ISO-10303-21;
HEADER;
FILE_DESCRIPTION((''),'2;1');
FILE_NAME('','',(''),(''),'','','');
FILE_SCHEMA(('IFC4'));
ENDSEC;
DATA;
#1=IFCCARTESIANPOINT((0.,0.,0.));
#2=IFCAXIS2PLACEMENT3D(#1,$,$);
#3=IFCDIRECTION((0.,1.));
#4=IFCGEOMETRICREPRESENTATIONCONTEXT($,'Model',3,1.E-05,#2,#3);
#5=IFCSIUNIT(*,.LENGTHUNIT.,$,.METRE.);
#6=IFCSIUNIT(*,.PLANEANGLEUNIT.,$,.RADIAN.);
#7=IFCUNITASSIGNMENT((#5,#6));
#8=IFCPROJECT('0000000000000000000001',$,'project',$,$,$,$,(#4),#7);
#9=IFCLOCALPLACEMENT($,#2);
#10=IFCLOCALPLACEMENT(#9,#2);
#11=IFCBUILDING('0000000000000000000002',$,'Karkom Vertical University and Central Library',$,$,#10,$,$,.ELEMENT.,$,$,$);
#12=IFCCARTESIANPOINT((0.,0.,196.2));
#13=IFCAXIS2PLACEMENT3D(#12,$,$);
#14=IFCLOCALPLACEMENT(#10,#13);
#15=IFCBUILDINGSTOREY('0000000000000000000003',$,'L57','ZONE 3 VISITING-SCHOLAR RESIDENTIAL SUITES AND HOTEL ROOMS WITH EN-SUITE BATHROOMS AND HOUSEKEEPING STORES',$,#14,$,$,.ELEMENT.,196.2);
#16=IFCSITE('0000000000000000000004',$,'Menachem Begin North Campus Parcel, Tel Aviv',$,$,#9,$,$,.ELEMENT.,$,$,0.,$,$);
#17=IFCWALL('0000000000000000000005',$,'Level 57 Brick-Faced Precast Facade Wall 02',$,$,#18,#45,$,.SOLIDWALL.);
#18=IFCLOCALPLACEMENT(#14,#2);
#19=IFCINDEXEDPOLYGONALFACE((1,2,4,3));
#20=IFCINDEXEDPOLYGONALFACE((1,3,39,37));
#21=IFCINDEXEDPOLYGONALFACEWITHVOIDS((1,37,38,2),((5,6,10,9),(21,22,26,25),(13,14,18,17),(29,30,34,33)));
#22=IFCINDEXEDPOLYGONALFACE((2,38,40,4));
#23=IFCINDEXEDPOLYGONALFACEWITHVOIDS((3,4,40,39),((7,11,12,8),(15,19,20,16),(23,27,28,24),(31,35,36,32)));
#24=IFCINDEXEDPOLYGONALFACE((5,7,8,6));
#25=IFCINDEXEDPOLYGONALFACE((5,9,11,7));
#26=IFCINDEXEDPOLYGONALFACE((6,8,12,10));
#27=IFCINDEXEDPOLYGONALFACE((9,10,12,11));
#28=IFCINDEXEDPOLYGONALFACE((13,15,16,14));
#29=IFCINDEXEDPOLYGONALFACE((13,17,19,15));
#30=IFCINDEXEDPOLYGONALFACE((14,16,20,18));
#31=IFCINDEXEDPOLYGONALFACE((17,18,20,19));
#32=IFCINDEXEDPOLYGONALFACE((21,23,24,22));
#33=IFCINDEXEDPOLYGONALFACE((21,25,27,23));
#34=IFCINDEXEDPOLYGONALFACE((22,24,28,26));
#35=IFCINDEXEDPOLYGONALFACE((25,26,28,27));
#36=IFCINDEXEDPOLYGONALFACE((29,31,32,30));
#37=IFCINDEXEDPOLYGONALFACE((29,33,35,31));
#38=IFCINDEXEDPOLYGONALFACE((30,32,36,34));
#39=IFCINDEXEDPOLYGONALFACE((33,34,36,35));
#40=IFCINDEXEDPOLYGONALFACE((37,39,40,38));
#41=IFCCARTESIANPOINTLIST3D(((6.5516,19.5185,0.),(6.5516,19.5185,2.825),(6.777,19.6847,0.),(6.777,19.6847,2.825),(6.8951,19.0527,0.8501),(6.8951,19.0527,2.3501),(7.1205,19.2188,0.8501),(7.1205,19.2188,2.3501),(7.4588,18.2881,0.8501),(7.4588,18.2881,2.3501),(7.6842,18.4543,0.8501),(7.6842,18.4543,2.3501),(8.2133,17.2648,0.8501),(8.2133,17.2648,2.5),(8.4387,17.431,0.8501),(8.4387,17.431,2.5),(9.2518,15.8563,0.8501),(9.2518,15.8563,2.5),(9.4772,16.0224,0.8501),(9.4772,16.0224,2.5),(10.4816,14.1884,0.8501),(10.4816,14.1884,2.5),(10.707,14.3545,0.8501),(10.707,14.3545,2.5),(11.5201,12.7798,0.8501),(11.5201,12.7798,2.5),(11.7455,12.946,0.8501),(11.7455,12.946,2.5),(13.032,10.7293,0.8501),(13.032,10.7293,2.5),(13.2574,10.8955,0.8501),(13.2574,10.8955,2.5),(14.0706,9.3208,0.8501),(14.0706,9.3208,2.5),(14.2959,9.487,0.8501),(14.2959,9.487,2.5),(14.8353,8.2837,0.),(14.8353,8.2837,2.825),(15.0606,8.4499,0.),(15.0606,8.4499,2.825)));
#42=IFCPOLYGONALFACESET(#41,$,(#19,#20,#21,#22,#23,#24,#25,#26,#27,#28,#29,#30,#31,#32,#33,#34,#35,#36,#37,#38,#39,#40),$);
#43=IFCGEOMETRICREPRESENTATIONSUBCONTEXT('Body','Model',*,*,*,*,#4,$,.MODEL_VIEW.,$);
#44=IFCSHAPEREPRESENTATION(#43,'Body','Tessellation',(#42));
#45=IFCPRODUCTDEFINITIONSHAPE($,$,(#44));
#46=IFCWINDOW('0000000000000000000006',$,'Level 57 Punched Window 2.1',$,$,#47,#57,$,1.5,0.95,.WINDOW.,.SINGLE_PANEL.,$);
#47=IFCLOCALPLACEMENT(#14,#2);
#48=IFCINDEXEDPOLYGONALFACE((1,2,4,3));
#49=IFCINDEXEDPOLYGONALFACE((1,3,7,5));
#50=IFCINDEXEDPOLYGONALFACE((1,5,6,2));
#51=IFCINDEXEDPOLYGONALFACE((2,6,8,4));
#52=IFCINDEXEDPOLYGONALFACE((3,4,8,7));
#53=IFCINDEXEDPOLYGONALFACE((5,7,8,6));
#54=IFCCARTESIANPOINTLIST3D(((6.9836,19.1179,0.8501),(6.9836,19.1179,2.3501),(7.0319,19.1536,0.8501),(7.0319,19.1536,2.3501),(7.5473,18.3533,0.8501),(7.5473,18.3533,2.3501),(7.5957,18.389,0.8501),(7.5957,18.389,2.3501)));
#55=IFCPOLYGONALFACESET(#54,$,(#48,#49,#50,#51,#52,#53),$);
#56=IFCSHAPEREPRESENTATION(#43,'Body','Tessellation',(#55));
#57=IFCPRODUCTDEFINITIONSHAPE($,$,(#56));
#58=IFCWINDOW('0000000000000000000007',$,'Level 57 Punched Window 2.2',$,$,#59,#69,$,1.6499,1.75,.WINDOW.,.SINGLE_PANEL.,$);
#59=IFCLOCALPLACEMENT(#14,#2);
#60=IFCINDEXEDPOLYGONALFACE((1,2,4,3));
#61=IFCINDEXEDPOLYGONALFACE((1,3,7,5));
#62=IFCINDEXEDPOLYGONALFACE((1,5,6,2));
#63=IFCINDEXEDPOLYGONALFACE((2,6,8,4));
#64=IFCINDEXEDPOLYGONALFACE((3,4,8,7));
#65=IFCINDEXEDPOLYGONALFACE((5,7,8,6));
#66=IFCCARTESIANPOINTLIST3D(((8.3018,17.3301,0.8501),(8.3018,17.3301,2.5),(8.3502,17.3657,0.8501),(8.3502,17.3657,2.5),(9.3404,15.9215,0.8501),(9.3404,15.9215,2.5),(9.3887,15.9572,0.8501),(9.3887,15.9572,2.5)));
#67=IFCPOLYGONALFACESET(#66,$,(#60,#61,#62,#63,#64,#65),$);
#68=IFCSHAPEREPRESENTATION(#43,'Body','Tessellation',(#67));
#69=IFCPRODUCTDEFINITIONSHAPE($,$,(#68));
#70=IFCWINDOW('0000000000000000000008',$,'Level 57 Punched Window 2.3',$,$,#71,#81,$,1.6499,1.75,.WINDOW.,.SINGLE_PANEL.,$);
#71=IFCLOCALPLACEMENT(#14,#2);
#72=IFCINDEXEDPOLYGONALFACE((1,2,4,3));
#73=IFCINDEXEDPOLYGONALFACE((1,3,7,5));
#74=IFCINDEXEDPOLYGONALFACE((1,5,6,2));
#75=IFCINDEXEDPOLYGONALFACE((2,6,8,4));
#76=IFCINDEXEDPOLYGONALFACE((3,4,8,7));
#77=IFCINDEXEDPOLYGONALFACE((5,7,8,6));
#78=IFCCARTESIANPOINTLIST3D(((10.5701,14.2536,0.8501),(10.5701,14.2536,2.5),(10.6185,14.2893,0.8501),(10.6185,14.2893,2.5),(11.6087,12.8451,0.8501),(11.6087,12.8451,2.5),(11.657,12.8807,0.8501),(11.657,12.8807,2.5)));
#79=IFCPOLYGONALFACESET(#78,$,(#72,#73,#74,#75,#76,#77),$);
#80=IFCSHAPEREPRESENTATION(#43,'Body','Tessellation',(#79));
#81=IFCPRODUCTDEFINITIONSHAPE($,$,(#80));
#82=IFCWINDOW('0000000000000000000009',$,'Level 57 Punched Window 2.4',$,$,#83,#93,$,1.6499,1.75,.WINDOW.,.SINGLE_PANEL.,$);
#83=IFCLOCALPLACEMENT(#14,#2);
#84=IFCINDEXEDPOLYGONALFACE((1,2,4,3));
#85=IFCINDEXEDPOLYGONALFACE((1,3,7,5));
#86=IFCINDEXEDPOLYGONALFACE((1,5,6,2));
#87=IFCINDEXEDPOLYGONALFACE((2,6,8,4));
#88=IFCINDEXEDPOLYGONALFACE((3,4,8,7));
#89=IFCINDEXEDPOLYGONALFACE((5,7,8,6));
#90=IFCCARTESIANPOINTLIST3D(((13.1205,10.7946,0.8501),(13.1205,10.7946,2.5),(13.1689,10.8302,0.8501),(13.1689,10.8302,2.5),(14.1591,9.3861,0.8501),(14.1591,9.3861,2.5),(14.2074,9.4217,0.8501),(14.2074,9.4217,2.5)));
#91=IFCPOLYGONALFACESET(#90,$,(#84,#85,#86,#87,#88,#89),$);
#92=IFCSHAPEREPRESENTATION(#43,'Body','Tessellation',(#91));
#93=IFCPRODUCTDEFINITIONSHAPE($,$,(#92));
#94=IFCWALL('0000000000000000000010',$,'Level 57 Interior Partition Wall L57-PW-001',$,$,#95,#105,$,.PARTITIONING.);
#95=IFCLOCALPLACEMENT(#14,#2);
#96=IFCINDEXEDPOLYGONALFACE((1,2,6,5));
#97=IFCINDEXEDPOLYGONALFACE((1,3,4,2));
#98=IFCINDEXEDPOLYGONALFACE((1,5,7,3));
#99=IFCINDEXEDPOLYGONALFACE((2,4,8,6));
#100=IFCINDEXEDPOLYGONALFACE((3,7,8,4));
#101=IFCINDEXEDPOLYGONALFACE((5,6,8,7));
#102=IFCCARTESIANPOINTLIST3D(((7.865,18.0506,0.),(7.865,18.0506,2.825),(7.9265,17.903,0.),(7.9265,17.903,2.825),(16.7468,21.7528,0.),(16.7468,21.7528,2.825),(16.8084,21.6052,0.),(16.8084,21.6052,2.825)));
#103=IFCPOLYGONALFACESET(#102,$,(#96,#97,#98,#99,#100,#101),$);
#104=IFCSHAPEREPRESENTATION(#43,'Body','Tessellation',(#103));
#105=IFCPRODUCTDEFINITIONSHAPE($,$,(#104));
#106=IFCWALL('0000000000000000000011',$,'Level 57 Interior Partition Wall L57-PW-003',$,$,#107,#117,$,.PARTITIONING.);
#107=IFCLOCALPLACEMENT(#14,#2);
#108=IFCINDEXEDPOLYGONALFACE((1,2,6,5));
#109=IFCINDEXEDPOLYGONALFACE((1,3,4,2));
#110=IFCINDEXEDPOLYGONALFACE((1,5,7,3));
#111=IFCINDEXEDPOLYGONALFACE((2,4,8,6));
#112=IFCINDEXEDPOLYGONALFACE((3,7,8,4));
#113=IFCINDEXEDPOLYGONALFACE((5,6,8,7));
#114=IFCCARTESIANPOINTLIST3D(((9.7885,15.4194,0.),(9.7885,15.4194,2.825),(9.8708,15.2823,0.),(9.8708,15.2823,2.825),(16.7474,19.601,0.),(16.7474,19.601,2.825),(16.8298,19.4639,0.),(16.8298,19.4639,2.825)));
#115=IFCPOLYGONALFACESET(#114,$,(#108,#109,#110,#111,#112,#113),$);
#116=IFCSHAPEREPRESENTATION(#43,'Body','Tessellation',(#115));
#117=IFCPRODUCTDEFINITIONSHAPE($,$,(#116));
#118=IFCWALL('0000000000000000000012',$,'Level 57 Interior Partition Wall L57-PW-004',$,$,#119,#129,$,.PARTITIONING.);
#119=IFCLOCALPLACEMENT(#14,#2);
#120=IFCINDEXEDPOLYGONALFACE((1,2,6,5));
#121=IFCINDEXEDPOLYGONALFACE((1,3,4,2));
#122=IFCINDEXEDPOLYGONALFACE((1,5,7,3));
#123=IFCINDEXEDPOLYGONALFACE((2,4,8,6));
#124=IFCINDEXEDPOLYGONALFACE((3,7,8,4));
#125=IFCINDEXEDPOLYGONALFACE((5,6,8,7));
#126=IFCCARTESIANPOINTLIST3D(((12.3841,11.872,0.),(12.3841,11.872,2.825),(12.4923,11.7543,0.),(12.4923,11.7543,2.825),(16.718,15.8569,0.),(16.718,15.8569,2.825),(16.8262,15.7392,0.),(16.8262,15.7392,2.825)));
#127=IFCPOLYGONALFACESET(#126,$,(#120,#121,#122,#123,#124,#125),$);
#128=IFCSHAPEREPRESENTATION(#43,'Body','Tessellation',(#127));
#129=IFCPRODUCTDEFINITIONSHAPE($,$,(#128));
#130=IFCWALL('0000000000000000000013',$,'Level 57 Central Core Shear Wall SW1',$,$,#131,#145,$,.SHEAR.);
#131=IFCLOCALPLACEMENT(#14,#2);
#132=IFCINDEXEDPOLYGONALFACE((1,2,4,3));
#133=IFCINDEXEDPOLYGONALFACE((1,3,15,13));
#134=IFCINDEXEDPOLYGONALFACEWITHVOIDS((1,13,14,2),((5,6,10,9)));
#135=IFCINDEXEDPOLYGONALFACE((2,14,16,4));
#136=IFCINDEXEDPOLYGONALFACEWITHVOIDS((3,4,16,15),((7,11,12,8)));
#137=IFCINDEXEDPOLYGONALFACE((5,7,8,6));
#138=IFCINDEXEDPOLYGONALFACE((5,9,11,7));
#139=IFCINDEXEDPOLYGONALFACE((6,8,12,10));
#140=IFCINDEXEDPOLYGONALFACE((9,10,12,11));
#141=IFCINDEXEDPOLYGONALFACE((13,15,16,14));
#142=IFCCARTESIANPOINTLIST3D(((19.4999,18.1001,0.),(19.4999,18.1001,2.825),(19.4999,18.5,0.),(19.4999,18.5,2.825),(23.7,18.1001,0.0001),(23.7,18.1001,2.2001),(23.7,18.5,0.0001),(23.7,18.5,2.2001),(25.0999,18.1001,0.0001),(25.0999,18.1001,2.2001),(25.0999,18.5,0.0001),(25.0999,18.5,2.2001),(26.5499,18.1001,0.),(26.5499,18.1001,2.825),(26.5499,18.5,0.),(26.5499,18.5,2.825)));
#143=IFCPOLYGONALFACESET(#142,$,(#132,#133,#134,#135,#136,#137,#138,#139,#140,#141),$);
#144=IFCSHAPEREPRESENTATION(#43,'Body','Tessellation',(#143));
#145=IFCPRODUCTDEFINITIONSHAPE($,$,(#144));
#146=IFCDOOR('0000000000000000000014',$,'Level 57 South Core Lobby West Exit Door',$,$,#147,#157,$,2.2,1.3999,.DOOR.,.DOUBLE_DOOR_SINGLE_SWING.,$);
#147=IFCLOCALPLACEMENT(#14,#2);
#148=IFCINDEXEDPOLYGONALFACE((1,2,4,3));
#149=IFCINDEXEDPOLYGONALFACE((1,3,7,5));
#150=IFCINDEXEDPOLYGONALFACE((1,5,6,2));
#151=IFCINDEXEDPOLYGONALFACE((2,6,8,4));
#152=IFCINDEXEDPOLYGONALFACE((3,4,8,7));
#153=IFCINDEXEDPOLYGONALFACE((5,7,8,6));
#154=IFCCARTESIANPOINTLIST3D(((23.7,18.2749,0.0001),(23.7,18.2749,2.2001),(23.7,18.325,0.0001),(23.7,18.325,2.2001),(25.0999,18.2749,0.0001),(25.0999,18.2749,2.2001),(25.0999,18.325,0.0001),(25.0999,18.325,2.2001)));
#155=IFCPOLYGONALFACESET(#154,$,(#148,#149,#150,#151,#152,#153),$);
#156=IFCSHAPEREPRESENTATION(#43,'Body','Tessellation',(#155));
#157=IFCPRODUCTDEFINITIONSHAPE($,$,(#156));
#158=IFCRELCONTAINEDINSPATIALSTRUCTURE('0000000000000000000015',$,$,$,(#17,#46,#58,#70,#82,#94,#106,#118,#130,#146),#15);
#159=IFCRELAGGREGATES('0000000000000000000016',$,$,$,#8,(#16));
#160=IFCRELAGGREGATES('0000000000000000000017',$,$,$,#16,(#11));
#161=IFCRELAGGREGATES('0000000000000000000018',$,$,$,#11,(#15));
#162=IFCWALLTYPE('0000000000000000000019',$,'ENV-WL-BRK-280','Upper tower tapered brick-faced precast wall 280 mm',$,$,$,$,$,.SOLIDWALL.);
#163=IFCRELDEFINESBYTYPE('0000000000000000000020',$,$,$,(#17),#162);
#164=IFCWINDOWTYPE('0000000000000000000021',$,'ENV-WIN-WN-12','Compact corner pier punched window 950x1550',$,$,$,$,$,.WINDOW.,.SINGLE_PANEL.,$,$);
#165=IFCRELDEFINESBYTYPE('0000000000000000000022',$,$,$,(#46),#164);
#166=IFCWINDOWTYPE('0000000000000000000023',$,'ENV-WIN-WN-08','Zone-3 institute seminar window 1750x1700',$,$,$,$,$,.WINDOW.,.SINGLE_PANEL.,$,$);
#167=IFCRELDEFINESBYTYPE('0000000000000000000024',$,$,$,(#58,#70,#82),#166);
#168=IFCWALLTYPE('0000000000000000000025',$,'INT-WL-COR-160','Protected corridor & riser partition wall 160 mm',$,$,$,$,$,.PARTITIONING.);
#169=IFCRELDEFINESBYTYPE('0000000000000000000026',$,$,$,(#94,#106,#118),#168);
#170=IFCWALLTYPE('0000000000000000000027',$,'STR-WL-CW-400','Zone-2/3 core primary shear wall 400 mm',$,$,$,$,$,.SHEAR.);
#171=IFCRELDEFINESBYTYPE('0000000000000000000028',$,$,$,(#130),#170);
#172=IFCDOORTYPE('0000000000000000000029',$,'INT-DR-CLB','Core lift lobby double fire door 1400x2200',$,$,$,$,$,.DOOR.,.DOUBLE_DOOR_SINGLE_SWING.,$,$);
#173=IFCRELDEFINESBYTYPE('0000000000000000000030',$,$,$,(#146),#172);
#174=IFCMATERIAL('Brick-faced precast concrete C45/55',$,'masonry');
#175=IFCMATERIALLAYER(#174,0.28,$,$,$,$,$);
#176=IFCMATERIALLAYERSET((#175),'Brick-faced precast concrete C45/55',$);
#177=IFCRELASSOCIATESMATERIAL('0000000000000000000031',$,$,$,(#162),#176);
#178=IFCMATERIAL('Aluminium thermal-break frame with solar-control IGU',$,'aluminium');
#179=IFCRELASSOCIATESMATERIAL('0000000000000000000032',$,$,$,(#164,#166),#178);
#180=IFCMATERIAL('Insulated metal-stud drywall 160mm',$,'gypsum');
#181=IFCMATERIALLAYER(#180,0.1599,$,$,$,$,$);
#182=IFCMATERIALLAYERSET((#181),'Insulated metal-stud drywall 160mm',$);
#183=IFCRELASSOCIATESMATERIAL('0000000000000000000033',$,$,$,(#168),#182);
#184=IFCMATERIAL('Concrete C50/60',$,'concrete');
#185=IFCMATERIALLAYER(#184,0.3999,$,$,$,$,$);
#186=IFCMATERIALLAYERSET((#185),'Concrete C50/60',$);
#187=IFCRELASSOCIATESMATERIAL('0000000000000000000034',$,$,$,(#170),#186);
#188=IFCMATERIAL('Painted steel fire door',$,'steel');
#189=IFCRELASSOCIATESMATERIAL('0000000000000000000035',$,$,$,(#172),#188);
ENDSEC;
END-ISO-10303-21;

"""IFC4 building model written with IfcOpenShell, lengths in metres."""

from ifc_helpers import new_model, si_unit, direction, frame, frame_2d, origin, origin_with_axes, place, context, subcontext, project, spatial, rectangle, extrude, source, transform, mapped, material, layer, layer_set, type_object, element, fill, save


model = new_model("IFC4")

# Units and contexts
model_context = context("Model", 3, precision=1e-05, world=origin(), true_north=direction((0.0, 1.0)))
body_context = subcontext(model_context, "Body", "Model", "MODEL_VIEW")
ifc_project = project(units=[si_unit("LENGTHUNIT", "METRE"), si_unit("PLANEANGLEUNIT", "RADIAN")], contexts=[model_context])

# Site, building, storey
site_placement = place(None, origin())
site = spatial("IfcSite", under=ifc_project, at=site_placement, Name="Menachem Begin North Campus Parcel, Tel Aviv", CompositionType="ELEMENT", RefElevation=0.0)
building_placement = place(site_placement, origin())
building = spatial("IfcBuilding", under=site, at=building_placement, Name="Karkom Vertical University and Central Library", CompositionType="ELEMENT")
storey_placement = place(building_placement, frame((0.0, 0.0, 196.2)))
storey = spatial("IfcBuildingStorey", under=building, at=storey_placement, Name="L57", Description="ZONE 3 VISITING-SCHOLAR RESIDENTIAL SUITES AND HOTEL ROOMS WITH EN-SUITE BATHROOMS AND HOUSEKEEPING STORES", CompositionType="ELEMENT", Elevation=196.2)

# Shared definitions
ifc_material_1 = material(Name="Concrete C50/60", Category="concrete")

# Wall, openings, windows
ifc_material_2 = material(Name="Brick-faced precast concrete C45/55", Category="masonry")
ifc_layer_1 = layer(ifc_material_2, 0.28)
ifc_layer_set_1 = layer_set([ifc_layer_1], Name="Brick-faced precast concrete C45/55")
wall_type_1 = type_object("IfcWallType", Name="ENV-WL-BRK-280", Description="Upper tower tapered brick-faced precast wall 280 mm", PredefinedType="SOLIDWALL", material=ifc_layer_set_1)
wall_1_placement = place(storey_placement, frame((6.6643, 19.6016, 0.0), z_axis=(0.0, 0.0, 1.0), x_axis=(0.593448, -0.804872, 0.0)))
wall_1 = element("IfcWall", 1, at=wall_1_placement, inside=storey, type_object=wall_type_1, Name="Level 57 Brick-Faced Precast Facade Wall 02", PredefinedType="SOLIDWALL", context=body_context, shape_type="SweptSolid", body=[
    extrude(rectangle(XDim=13.9585, YDim=0.28, at=frame_2d((6.9792, 0.0))), origin(), (0.0, 0.0, 1.0), 2.825),
])
opening_1_placement = place(wall_1_placement, frame((0.5786, 0.0, 0.8501)))
opening_1 = element("IfcOpeningElement", 2, at=opening_1_placement, cuts=wall_1, PredefinedType="OPENING", context=body_context, shape_type="SweptSolid", body=[
    extrude(rectangle(XDim=0.95, YDim=1.5, at=frame_2d((0.4751, 0.75))), frame((0.0, 0.1499, 0.0), z_axis=(0.0, -1.0, 0.0), x_axis=(1.0, 0.0, 0.0)), (0.0, 0.0, 1.0), 0.3),
])
opening_2_placement = place(wall_1_placement, frame((2.8, 0.0, 0.8501)))
opening_2 = element("IfcOpeningElement", 3, at=opening_2_placement, cuts=wall_1, PredefinedType="OPENING", context=body_context, shape_type="SweptSolid", body=[
    extrude(rectangle(XDim=1.75, YDim=1.6499, at=frame_2d((0.875, 0.825))), frame((0.0, 0.1499, 0.0), z_axis=(0.0, -1.0, 0.0), x_axis=(1.0, 0.0, 0.0)), (0.0, 0.0, 1.0), 0.3),
])
opening_3_placement = place(wall_1_placement, frame((6.6223, 0.0, 0.8501)))
opening_3 = element("IfcOpeningElement", 4, at=opening_3_placement, cuts=wall_1, PredefinedType="OPENING", context=body_context, shape_type="SweptSolid", body=[
    extrude(rectangle(XDim=1.75, YDim=1.6499, at=frame_2d((0.875, 0.825))), frame((0.0, 0.1499, 0.0), z_axis=(0.0, -1.0, 0.0), x_axis=(1.0, 0.0, 0.0)), (0.0, 0.0, 1.0), 0.3),
])
opening_4_placement = place(wall_1_placement, frame((10.9199, 0.0, 0.8501)))
opening_4 = element("IfcOpeningElement", 5, at=opening_4_placement, cuts=wall_1, PredefinedType="OPENING", context=body_context, shape_type="SweptSolid", body=[
    extrude(rectangle(XDim=1.75, YDim=1.6499, at=frame_2d((0.875, 0.825))), frame((0.0, 0.1499, 0.0), z_axis=(0.0, -1.0, 0.0), x_axis=(1.0, 0.0, 0.0)), (0.0, 0.0, 1.0), 0.3),
])
ifc_material_3 = material(Name="Aluminium thermal-break frame with solar-control IGU", Category="aluminium")
window_type_1 = type_object("IfcWindowType", Name="ENV-WIN-WN-12", Description="Compact corner pier punched window 950x1550", PartitioningType="SINGLE_PANEL", PredefinedType="WINDOW", material=ifc_material_3)
shared_shape_1 = source(origin_with_axes(), body_context, "Body", "SweptSolid", [
    extrude(rectangle(XDim=0.95, YDim=1.5, at=frame_2d((0.4751, 0.75))), frame((0.0, 0.03, 0.0), z_axis=(0.0, -1.0, 0.0), x_axis=(1.0, 0.0, 0.0)), (0.0, 0.0, 1.0), 0.0601),
])
window_1_placement = place(opening_1_placement, origin())
window_1 = element("IfcWindow", 6, at=window_1_placement, inside=storey, type_object=window_type_1, Name="Level 57 Punched Window 2.1", OverallHeight=1.5, OverallWidth=0.95, PartitioningType="SINGLE_PANEL", PredefinedType="WINDOW", context=body_context, shape_type="MappedRepresentation", body=[
    mapped(shared_shape_1, transform((0.0, 0.0, 0.0), scale=1.0)),
])
fill(opening_1, window_1)
window_type_2 = type_object("IfcWindowType", Name="ENV-WIN-WN-08", Description="Zone-3 institute seminar window 1750x1700", PartitioningType="SINGLE_PANEL", PredefinedType="WINDOW", material=ifc_material_3)
shared_shape_2 = source(origin_with_axes(), body_context, "Body", "SweptSolid", [
    extrude(rectangle(XDim=1.75, YDim=1.6499, at=frame_2d((0.875, 0.825))), frame((0.0, 0.03, 0.0), z_axis=(0.0, -1.0, 0.0), x_axis=(1.0, 0.0, 0.0)), (0.0, 0.0, 1.0), 0.0601),
])
window_2_placement = place(opening_2_placement, origin())
window_2 = element("IfcWindow", 7, at=window_2_placement, inside=storey, type_object=window_type_2, Name="Level 57 Punched Window 2.2", OverallHeight=1.6499, OverallWidth=1.75, PartitioningType="SINGLE_PANEL", PredefinedType="WINDOW", context=body_context, shape_type="MappedRepresentation", body=[
    mapped(shared_shape_2, transform((0.0, 0.0, 0.0), scale=1.0)),
])
fill(opening_2, window_2)
window_3_placement = place(opening_3_placement, origin())
window_3 = element("IfcWindow", 8, at=window_3_placement, inside=storey, type_object=window_type_2, Name="Level 57 Punched Window 2.3", OverallHeight=1.6499, OverallWidth=1.75, PartitioningType="SINGLE_PANEL", PredefinedType="WINDOW", context=body_context, shape_type="MappedRepresentation", body=[
    mapped(shared_shape_2, transform((0.0, 0.0, 0.0), scale=1.0)),
])
fill(opening_3, window_3)
window_4_placement = place(opening_4_placement, origin())
window_4 = element("IfcWindow", 9, at=window_4_placement, inside=storey, type_object=window_type_2, Name="Level 57 Punched Window 2.4", OverallHeight=1.6499, OverallWidth=1.75, PartitioningType="SINGLE_PANEL", PredefinedType="WINDOW", context=body_context, shape_type="MappedRepresentation", body=[
    mapped(shared_shape_2, transform((0.0, 0.0, 0.0), scale=1.0)),
])
fill(opening_4, window_4)

# Walls
ifc_material_4 = material(Name="Insulated metal-stud drywall 160mm", Category="gypsum")
ifc_layer_2 = layer(ifc_material_4, 0.1599)
ifc_layer_set_2 = layer_set([ifc_layer_2], Name="Insulated metal-stud drywall 160mm")
wall_type_2 = type_object("IfcWallType", Name="INT-WL-COR-160", Description="Protected corridor & riser partition wall 160 mm", PredefinedType="PARTITIONING", material=ifc_layer_set_2)
wall_2_placement = place(storey_placement, frame((16.7776, 21.679, 0.0), z_axis=(0.0, 0.0, 1.0), x_axis=(-0.923026, -0.384738, 0.0)))
element("IfcWall", 10, at=wall_2_placement, inside=storey, type_object=wall_type_2, Name="Level 57 Interior Partition Wall L57-PW-001", PredefinedType="PARTITIONING", context=body_context, shape_type="SweptSolid", body=[
    extrude(rectangle(XDim=9.6226, YDim=0.1599, at=frame_2d((4.8113, 0.0))), origin(), (0.0, 0.0, 1.0), 2.825),
])
wall_3_placement = place(storey_placement, frame((16.7886, 19.5325, 0.0), z_axis=(0.0, 0.0, 1.0), x_axis=(-0.857153, -0.515062, 0.0)))
element("IfcWall", 11, at=wall_3_placement, inside=storey, type_object=wall_type_2, Name="Level 57 Interior Partition Wall L57-PW-003", PredefinedType="PARTITIONING", context=body_context, shape_type="SweptSolid", body=[
    extrude(rectangle(XDim=8.1187, YDim=0.1599, at=frame_2d((4.0593, 0.0))), origin(), (0.0, 0.0, 1.0), 2.825),
])
wall_4_placement = place(storey_placement, frame((16.7722, 15.7981, 0.0), z_axis=(0.0, 0.0, 1.0), x_axis=(-0.736134, -0.676836, 0.0)))
element("IfcWall", 12, at=wall_4_placement, inside=storey, type_object=wall_type_2, Name="Level 57 Interior Partition Wall L57-PW-004", PredefinedType="PARTITIONING", context=body_context, shape_type="SweptSolid", body=[
    extrude(rectangle(XDim=5.8875, YDim=0.1599, at=frame_2d((2.9438, 0.0))), origin(), (0.0, 0.0, 1.0), 2.825),
])

# Wall, opening, door
ifc_layer_3 = layer(ifc_material_1, 0.3999)
ifc_layer_set_3 = layer_set([ifc_layer_3], Name="Concrete C50/60")
wall_type_3 = type_object("IfcWallType", Name="STR-WL-CW-400", Description="Zone-2/3 core primary shear wall 400 mm", PredefinedType="SHEAR", material=ifc_layer_set_3)
wall_5_placement = place(storey_placement, frame((19.5, 18.3, 0.0), z_axis=(0.0, 0.0, 1.0), x_axis=(1.0, 0.0, 0.0)))
wall_5 = element("IfcWall", 13, at=wall_5_placement, inside=storey, type_object=wall_type_3, Name="Level 57 Central Core Shear Wall SW1", PredefinedType="SHEAR", context=body_context, shape_type="SweptSolid", body=[
    extrude(rectangle(XDim=7.05, YDim=0.3999, at=frame_2d((3.5249, 0.0))), origin(), (0.0, 0.0, 1.0), 2.825),
])
opening_5_placement = place(wall_5_placement, frame((4.2, 0.0, 0.0)))
opening_5 = element("IfcOpeningElement", 14, at=opening_5_placement, cuts=wall_5, PredefinedType="OPENING", context=body_context, shape_type="SweptSolid", body=[
    extrude(rectangle(XDim=1.3999, YDim=2.2, at=frame_2d((0.7, 1.1001))), frame((0.0, 0.21, 0.0), z_axis=(0.0, -1.0, 0.0), x_axis=(1.0, 0.0, 0.0)), (0.0, 0.0, 1.0), 0.4199),
])
ifc_material_5 = material(Name="Painted steel fire door", Category="steel")
door_type = type_object("IfcDoorType", Name="INT-DR-CLB", Description="Core lift lobby double fire door 1400x2200", OperationType="DOUBLE_DOOR_SINGLE_SWING", PredefinedType="DOOR", material=ifc_material_5)
shared_shape_3 = source(origin_with_axes(), body_context, "Body", "SweptSolid", [
    extrude(rectangle(XDim=1.3999, YDim=2.2, at=frame_2d((0.7, 1.1001))), frame((0.0, 0.0249, 0.0), z_axis=(0.0, -1.0, 0.0), x_axis=(1.0, 0.0, 0.0)), (0.0, 0.0, 1.0), 0.05),
])
door_placement = place(opening_5_placement, origin())
door = element("IfcDoor", 15, at=door_placement, inside=storey, type_object=door_type, Name="Level 57 South Core Lobby West Exit Door", OperationType="DOUBLE_DOOR_SINGLE_SWING", OverallHeight=2.2, OverallWidth=1.3999, PredefinedType="DOOR", context=body_context, shape_type="MappedRepresentation", body=[
    mapped(shared_shape_3, transform((0.0, 0.0, 0.0), scale=1.0)),
])
fill(opening_5, door)

save(model, "model.ifc")
